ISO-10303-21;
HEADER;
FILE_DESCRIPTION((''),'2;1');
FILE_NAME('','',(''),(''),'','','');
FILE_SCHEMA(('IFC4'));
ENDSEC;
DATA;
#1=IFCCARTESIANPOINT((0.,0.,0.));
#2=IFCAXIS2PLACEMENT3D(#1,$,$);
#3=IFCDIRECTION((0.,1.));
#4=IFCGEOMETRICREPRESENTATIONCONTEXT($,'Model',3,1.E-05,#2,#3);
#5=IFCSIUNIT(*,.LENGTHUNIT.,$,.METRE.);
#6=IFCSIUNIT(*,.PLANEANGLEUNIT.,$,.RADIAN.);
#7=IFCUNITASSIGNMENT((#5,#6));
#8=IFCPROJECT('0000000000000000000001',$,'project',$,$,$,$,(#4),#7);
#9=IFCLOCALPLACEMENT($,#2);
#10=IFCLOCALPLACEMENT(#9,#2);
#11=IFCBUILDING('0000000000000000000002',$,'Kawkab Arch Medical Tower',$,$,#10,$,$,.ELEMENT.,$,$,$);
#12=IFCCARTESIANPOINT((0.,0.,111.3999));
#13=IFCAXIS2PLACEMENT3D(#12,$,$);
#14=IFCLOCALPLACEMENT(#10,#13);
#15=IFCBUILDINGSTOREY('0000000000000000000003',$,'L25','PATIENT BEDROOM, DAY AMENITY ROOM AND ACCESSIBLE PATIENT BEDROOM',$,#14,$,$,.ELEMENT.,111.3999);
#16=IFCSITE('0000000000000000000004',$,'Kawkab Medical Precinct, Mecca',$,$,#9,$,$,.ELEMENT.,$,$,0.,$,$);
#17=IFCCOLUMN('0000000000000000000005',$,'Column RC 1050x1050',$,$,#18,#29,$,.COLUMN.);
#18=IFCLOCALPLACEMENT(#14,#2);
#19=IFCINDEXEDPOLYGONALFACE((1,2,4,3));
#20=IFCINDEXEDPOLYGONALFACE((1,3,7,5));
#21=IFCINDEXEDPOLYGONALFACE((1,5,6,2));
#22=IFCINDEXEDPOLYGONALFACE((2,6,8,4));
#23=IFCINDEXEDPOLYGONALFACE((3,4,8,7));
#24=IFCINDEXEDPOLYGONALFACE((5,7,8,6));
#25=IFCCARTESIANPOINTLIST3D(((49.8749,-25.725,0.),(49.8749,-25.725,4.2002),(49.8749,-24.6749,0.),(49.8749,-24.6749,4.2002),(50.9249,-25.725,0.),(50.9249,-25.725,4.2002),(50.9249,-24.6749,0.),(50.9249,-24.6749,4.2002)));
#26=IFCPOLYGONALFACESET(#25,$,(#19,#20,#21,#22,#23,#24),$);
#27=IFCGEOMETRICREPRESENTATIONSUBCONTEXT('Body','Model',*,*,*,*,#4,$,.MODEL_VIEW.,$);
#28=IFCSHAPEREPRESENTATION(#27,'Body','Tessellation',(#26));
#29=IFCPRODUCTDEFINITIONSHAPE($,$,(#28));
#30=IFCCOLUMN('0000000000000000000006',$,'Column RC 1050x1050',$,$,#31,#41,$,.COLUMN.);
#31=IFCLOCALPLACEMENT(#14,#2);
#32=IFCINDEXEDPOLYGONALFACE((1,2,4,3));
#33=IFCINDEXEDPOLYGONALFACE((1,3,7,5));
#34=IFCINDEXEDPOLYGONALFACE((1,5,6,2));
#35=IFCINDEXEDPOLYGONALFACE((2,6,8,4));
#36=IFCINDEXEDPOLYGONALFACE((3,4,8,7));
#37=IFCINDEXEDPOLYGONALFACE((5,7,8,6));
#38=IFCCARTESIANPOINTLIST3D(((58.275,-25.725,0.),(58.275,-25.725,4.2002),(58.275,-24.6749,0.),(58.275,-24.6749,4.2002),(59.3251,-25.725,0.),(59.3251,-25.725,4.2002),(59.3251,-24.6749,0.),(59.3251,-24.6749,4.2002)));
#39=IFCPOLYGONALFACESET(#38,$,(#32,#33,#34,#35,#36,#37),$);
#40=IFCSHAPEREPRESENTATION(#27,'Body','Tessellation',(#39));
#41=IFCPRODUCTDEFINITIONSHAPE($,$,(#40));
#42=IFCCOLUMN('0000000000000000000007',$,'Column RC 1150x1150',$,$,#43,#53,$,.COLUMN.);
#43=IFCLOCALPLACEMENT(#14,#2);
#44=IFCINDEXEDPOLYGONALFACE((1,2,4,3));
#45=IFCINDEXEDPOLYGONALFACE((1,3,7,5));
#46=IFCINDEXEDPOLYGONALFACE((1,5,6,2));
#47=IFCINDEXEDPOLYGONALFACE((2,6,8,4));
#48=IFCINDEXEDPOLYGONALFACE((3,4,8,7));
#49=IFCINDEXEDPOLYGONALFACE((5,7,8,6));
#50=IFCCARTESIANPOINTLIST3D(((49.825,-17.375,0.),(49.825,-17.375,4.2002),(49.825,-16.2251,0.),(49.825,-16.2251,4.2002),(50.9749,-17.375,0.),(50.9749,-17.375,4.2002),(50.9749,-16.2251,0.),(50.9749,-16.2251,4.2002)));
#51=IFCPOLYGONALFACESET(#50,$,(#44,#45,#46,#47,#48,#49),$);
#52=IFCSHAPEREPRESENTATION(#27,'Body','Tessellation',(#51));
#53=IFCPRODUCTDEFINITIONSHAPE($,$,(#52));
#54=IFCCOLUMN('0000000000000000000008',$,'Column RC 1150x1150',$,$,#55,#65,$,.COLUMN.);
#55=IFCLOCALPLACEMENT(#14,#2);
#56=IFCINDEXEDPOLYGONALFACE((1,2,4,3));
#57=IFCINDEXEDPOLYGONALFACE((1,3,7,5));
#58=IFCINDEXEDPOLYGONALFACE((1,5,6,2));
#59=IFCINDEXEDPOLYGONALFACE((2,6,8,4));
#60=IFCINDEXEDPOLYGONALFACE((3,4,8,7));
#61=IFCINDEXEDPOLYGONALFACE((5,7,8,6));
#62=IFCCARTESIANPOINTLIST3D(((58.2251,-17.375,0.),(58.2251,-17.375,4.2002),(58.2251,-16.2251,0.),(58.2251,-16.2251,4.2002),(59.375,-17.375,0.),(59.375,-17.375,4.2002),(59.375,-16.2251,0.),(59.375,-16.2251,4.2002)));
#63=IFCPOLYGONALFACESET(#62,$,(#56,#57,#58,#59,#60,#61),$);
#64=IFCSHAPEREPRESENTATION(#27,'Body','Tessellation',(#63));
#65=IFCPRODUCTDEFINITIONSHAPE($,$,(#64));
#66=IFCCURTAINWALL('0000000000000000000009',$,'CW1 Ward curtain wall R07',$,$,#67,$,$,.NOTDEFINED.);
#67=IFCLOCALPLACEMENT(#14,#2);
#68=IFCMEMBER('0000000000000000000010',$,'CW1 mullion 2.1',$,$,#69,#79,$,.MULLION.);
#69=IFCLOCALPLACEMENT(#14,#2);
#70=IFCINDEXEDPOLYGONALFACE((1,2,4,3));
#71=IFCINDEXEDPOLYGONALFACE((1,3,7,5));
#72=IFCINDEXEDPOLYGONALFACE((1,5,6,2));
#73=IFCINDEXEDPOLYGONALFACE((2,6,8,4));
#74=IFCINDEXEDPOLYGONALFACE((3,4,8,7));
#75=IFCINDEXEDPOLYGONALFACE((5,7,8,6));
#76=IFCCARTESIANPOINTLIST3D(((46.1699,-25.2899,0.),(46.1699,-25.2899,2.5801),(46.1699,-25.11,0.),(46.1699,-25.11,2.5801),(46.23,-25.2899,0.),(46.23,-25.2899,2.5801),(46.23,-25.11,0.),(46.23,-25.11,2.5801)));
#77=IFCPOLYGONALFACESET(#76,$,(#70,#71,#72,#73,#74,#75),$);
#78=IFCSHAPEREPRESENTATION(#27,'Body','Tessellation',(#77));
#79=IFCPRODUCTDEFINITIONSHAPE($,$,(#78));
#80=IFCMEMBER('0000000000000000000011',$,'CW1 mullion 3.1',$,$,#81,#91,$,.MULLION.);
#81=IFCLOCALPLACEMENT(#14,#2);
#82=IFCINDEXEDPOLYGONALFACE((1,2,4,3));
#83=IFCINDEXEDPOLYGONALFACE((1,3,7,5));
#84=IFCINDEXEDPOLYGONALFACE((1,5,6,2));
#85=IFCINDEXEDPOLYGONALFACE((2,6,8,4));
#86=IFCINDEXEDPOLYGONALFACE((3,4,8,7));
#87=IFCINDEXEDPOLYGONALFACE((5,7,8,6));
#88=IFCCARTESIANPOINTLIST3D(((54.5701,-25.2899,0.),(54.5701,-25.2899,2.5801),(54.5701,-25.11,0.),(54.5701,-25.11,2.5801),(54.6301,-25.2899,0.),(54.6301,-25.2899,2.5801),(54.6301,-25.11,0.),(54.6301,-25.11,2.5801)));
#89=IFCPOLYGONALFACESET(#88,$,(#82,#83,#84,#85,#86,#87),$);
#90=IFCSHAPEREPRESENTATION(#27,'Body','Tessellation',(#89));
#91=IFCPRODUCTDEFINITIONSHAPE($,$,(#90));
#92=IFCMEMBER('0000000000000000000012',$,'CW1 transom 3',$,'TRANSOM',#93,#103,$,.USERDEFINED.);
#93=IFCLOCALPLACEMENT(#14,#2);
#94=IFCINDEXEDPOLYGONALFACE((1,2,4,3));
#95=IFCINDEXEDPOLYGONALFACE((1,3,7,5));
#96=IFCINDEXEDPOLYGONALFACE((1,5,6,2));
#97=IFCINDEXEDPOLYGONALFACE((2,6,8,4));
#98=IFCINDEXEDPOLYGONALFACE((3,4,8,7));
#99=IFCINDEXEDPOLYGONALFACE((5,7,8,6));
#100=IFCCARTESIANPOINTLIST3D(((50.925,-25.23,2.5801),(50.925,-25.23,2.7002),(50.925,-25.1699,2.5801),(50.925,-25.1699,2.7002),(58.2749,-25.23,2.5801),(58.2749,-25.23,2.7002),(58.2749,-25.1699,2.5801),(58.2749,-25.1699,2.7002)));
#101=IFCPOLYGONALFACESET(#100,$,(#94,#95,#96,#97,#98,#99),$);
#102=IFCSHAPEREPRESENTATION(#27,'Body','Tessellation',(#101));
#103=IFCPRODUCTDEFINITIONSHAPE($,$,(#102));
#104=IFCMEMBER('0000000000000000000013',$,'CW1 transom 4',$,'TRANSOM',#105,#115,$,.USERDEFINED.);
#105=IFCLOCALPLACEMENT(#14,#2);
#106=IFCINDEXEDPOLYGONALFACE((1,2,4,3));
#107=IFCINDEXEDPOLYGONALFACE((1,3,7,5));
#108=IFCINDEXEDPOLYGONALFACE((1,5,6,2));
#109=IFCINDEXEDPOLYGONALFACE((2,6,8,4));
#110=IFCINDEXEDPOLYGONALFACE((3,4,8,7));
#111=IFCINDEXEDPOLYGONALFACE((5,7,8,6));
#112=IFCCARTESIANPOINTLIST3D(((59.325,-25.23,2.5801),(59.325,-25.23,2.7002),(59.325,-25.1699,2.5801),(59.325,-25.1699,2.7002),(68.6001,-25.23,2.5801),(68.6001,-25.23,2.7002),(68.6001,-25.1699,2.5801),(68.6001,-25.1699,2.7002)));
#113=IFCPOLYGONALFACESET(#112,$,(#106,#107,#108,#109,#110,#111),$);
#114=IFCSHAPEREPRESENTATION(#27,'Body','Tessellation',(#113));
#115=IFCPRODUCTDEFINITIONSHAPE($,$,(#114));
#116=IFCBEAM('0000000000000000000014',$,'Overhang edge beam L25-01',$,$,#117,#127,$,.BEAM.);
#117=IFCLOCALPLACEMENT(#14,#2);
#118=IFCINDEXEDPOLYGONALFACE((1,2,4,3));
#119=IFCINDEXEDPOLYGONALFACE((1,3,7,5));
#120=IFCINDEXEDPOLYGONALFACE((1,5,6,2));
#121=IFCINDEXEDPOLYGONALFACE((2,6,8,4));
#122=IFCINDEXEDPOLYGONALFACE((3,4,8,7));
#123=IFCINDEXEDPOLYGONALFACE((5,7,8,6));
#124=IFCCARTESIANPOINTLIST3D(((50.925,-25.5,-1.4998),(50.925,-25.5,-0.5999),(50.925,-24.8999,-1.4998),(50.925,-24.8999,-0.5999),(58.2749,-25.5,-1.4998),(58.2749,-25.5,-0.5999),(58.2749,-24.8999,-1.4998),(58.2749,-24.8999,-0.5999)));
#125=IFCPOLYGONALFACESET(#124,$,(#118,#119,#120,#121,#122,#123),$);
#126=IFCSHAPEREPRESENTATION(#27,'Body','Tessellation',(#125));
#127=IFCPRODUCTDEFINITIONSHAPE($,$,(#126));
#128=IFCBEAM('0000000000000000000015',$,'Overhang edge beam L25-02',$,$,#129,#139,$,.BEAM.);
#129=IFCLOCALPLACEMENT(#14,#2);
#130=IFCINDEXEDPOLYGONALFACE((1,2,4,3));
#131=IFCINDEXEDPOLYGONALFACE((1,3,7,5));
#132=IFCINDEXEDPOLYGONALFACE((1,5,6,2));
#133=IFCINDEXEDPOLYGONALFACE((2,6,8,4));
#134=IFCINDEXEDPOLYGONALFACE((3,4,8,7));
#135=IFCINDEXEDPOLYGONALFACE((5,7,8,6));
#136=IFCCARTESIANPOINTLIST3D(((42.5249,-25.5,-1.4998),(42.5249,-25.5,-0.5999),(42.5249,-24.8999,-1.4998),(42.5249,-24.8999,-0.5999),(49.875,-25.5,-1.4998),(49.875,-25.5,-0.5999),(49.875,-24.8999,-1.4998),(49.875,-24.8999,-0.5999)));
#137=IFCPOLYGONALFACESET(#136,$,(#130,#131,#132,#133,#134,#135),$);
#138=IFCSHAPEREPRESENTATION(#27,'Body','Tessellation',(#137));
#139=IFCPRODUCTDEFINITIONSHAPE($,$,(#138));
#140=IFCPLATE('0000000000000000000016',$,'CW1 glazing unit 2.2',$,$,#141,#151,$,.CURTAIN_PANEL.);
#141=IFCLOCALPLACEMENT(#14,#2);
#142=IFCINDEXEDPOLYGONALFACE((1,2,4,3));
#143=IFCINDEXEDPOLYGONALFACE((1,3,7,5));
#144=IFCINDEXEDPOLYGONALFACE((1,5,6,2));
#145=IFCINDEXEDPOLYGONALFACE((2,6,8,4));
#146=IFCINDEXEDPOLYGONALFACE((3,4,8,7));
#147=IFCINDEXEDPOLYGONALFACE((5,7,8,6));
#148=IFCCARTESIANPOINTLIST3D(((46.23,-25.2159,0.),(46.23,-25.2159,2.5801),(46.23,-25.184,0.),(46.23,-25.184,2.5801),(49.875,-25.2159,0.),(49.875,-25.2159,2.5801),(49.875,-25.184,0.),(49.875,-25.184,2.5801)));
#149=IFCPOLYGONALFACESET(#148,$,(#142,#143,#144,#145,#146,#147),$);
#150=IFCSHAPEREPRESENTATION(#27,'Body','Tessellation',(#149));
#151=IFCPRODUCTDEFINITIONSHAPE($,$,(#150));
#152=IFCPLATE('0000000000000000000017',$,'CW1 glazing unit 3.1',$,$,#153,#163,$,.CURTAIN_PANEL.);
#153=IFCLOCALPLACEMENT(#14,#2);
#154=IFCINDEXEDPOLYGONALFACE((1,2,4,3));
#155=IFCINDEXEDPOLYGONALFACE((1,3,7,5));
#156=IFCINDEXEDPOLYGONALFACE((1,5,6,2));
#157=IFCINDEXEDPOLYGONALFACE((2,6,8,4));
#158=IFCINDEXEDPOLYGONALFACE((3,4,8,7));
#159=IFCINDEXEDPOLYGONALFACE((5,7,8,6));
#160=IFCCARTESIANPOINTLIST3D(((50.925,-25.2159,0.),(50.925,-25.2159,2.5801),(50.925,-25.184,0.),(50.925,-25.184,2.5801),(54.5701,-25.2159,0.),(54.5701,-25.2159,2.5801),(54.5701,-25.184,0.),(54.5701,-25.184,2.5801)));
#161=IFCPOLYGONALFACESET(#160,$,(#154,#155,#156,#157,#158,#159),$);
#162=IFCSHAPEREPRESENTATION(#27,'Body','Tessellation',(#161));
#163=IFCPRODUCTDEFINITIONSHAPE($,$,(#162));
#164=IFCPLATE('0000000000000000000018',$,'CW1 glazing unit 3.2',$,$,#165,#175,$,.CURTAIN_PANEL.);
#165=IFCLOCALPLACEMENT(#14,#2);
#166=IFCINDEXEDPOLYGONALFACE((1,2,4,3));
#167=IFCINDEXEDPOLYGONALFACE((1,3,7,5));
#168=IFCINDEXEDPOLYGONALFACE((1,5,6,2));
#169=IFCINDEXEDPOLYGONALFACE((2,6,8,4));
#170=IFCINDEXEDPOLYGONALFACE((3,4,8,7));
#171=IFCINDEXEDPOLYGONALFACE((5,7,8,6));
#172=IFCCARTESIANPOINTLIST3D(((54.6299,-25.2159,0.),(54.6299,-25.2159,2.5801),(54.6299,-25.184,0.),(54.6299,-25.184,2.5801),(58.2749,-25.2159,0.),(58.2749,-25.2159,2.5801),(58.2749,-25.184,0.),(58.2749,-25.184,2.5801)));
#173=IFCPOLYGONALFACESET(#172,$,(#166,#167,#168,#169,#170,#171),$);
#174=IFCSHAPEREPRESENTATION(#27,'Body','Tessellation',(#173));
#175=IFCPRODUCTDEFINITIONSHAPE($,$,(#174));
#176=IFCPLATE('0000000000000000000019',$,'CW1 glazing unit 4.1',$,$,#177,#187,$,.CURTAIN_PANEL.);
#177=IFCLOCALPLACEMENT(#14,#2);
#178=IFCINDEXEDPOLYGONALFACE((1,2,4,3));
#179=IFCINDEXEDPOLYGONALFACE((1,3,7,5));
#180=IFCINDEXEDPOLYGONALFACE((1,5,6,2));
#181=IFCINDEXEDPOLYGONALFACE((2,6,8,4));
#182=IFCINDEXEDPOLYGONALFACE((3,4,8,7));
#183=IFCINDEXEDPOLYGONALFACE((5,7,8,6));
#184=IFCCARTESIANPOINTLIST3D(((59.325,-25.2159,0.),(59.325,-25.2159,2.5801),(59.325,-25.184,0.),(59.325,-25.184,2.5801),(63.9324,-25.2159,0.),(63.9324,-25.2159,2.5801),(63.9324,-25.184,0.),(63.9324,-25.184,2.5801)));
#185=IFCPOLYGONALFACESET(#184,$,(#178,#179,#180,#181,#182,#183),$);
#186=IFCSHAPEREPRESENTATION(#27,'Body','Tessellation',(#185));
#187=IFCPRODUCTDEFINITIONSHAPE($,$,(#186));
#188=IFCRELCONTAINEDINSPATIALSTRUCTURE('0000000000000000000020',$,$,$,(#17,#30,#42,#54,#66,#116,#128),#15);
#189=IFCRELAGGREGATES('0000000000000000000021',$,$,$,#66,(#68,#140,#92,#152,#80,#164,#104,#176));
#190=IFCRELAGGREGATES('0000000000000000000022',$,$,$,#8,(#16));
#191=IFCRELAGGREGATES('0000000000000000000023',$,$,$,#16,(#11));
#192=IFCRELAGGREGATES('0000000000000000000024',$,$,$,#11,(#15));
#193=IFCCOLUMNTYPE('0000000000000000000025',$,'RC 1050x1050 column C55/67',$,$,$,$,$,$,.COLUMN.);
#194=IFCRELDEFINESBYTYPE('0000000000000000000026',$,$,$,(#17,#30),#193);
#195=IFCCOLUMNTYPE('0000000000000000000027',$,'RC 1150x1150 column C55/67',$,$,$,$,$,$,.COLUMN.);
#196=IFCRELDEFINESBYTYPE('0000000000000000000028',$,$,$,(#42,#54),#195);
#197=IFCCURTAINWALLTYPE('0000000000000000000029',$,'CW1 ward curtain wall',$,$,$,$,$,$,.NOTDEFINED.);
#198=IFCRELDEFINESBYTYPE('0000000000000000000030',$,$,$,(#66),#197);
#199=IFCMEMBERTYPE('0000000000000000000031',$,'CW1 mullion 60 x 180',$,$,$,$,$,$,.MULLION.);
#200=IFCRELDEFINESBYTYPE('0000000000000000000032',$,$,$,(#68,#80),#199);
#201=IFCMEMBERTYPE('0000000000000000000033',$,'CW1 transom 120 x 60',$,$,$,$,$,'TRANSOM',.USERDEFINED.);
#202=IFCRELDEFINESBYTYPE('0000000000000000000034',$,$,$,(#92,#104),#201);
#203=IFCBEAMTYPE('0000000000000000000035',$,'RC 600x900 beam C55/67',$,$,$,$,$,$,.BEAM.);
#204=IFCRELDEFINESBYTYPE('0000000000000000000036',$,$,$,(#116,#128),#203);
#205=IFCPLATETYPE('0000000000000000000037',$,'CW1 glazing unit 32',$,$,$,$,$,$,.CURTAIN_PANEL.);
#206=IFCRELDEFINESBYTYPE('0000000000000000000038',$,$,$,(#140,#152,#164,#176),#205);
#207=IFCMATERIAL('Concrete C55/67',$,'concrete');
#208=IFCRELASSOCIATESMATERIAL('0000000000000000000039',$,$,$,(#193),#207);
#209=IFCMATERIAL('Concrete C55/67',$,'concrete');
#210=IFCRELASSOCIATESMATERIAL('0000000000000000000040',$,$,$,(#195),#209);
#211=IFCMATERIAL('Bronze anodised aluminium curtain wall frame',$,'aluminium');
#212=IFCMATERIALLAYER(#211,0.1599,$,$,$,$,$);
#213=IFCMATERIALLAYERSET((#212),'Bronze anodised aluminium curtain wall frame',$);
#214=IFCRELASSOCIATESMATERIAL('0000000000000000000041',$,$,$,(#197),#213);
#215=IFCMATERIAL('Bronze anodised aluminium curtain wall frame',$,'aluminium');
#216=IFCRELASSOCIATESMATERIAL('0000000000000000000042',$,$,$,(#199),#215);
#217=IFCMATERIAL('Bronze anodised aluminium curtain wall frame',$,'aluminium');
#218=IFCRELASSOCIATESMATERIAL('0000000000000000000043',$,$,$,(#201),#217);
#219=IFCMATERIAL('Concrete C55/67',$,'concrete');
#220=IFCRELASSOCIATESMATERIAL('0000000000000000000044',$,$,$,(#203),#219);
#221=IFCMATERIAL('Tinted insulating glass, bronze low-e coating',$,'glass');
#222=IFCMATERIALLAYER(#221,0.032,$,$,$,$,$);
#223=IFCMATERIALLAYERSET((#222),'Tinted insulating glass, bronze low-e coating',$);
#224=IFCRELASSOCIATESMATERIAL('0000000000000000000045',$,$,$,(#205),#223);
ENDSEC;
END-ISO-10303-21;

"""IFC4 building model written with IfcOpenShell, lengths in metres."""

from ifc_helpers import new_model, si_unit, direction, frame, origin, origin_2d, place, context, subcontext, project, spatial, rectangle, extrude, material, layer, layer_set, material_profile, profile_set, type_object, element, aggregate, save


model = new_model("IFC4")

# Units and contexts
model_context = context("Model", 3, precision=1e-05, world=origin(), true_north=direction((0.0, 1.0)))
body_context = subcontext(model_context, "Body", "Model", "MODEL_VIEW")
ifc_project = project(units=[si_unit("LENGTHUNIT", "METRE"), si_unit("PLANEANGLEUNIT", "RADIAN")], contexts=[model_context])

# Site, building, storey
site_placement = place(None, origin())
site = spatial("IfcSite", under=ifc_project, at=site_placement, Name="Kawkab Medical Precinct, Mecca", CompositionType="ELEMENT", RefElevation=0.0)
building_placement = place(site_placement, origin())
building = spatial("IfcBuilding", under=site, at=building_placement, Name="Kawkab Arch Medical Tower", CompositionType="ELEMENT")
storey_placement = place(building_placement, frame((0.0, 0.0, 111.3999)))
storey = spatial("IfcBuildingStorey", under=building, at=storey_placement, Name="L25", Description="PATIENT BEDROOM, DAY AMENITY ROOM AND ACCESSIBLE PATIENT BEDROOM", CompositionType="ELEMENT", Elevation=111.3999)

# Columns
ifc_material_1 = material(Name="Concrete C55/67", Category="concrete")
ifc_material_profile_1 = material_profile(ifc_material_1, rectangle(XDim=1.05, YDim=1.05, at=origin_2d()), Name="RC 1050x1050")
ifc_profile_set_1 = profile_set([ifc_material_profile_1], Name="Concrete C55/67")
column_type_1 = type_object("IfcColumnType", Name="RC 1050x1050 column C55/67", PredefinedType="COLUMN", material=ifc_profile_set_1)
for number, where, z_axis, x_axis, name in (
    (1, (50.3999, -25.2, 0.0), (0.0, 0.0, 1.0), (1.0, 0.0, 0.0), "Column RC 1050x1050"),
    (2, (58.8, -25.2, 0.0), (0.0, 0.0, 1.0), (1.0, 0.0, 0.0), "Column RC 1050x1050"),
):
    element("IfcColumn", number, at=place(storey_placement, frame(where, z_axis=z_axis, x_axis=x_axis)), inside=storey, type_object=column_type_1, Name=name, PredefinedType="COLUMN", context=body_context, shape_type="SweptSolid", body=[
        extrude(rectangle(XDim=1.05, YDim=1.05, at=origin_2d()), origin(), (0.0, 0.0, 1.0), 4.2002),
    ])
ifc_material_2 = material(Name="Concrete C55/67", Category="concrete")
ifc_material_profile_2 = material_profile(ifc_material_2, rectangle(XDim=1.1499, YDim=1.1499, at=origin_2d()), Name="RC 1150x1150")
ifc_profile_set_2 = profile_set([ifc_material_profile_2], Name="Concrete C55/67")
column_type_2 = type_object("IfcColumnType", Name="RC 1150x1150 column C55/67", PredefinedType="COLUMN", material=ifc_profile_set_2)
for number, where, z_axis, x_axis, name in (
    (3, (50.3999, -16.8, 0.0), (0.0, 0.0, 1.0), (1.0, 0.0, 0.0), "Column RC 1150x1150"),
    (4, (58.8, -16.8, 0.0), (0.0, 0.0, 1.0), (1.0, 0.0, 0.0), "Column RC 1150x1150"),
):
    element("IfcColumn", number, at=place(storey_placement, frame(where, z_axis=z_axis, x_axis=x_axis)), inside=storey, type_object=column_type_2, Name=name, PredefinedType="COLUMN", context=body_context, shape_type="SweptSolid", body=[
        extrude(rectangle(XDim=1.1499, YDim=1.1499, at=origin_2d()), origin(), (0.0, 0.0, 1.0), 4.2002),
    ])

# Curtain wall, members
ifc_material_3 = material(Name="Bronze anodised aluminium curtain wall frame", Category="aluminium")
ifc_layer_1 = layer(ifc_material_3, 0.1599)
ifc_layer_set_1 = layer_set([ifc_layer_1], Name="Bronze anodised aluminium curtain wall frame")
curtain_wall_type = type_object("IfcCurtainWallType", Name="CW1 ward curtain wall", PredefinedType="NOTDEFINED", material=ifc_layer_set_1)
curtain_wall_placement = place(storey_placement, origin())
curtain_wall = element("IfcCurtainWall", 5, at=curtain_wall_placement, inside=storey, type_object=curtain_wall_type, Name="CW1 Ward curtain wall R07", PredefinedType="NOTDEFINED")
ifc_material_4 = material(Name="Bronze anodised aluminium curtain wall frame", Category="aluminium")
ifc_material_profile_3 = material_profile(ifc_material_4, rectangle(XDim=0.1799, YDim=0.0601, at=origin_2d()), Name="AL 60x180")
ifc_profile_set_3 = profile_set([ifc_material_profile_3], Name="Bronze anodised aluminium curtain wall frame")
member_type_1 = type_object("IfcMemberType", Name="CW1 mullion 60 x 180", PredefinedType="MULLION", material=ifc_profile_set_3)
member_1_placement = place(storey_placement, frame((46.2, -25.2, 0.0), z_axis=(0.0, 0.0, 1.0), x_axis=(0.0, 1.0, 0.0)))
member_1 = element("IfcMember", 6, at=member_1_placement, type_object=member_type_1, Name="CW1 mullion 2.1", PredefinedType="MULLION", context=body_context, shape_type="SweptSolid", body=[
    extrude(rectangle(XDim=0.1799, YDim=0.0601, at=origin_2d()), origin(), (0.0, 0.0, 1.0), 2.5801),
])
member_2_placement = place(storey_placement, frame((54.6001, -25.2, 0.0), z_axis=(0.0, 0.0, 1.0), x_axis=(0.0, 1.0, 0.0)))
member_2 = element("IfcMember", 7, at=member_2_placement, type_object=member_type_1, Name="CW1 mullion 3.1", PredefinedType="MULLION", context=body_context, shape_type="SweptSolid", body=[
    extrude(rectangle(XDim=0.1799, YDim=0.0601, at=origin_2d()), origin(), (0.0, 0.0, 1.0), 2.5801),
])
ifc_material_5 = material(Name="Bronze anodised aluminium curtain wall frame", Category="aluminium")
ifc_material_profile_4 = material_profile(ifc_material_5, rectangle(XDim=0.0601, YDim=0.1201, at=origin_2d()), Name="AL 60x120")
ifc_profile_set_4 = profile_set([ifc_material_profile_4], Name="Bronze anodised aluminium curtain wall frame")
member_type_2 = type_object("IfcMemberType", Name="CW1 transom 120 x 60", ElementType="TRANSOM", PredefinedType="USERDEFINED", material=ifc_profile_set_4)
member_3_placement = place(storey_placement, frame((50.925, -25.2, 2.6401), z_axis=(1.0, 0.0, 0.0), x_axis=(0.0, 1.0, 0.0)))
member_3 = element("IfcMember", 8, at=member_3_placement, type_object=member_type_2, Name="CW1 transom 3", ObjectType="TRANSOM", PredefinedType="USERDEFINED", context=body_context, shape_type="SweptSolid", body=[
    extrude(rectangle(XDim=0.0601, YDim=0.1201, at=origin_2d()), origin(), (0.0, 0.0, 1.0), 7.3499),
])
member_4_placement = place(storey_placement, frame((59.325, -25.2, 2.6401), z_axis=(1.0, 0.0, 0.0), x_axis=(0.0, 1.0, 0.0)))
member_4 = element("IfcMember", 9, at=member_4_placement, type_object=member_type_2, Name="CW1 transom 4", ObjectType="TRANSOM", PredefinedType="USERDEFINED", context=body_context, shape_type="SweptSolid", body=[
    extrude(rectangle(XDim=0.0601, YDim=0.1201, at=origin_2d()), origin(), (0.0, 0.0, 1.0), 9.2751),
])

# Beams
ifc_material_6 = material(Name="Concrete C55/67", Category="concrete")
ifc_material_profile_5 = material_profile(ifc_material_6, rectangle(XDim=0.6001, YDim=0.8999, at=origin_2d()), Name="RC 600x900")
ifc_profile_set_5 = profile_set([ifc_material_profile_5], Name="Concrete C55/67")
beam_type = type_object("IfcBeamType", Name="RC 600x900 beam C55/67", PredefinedType="BEAM", material=ifc_profile_set_5)
beam_1_placement = place(storey_placement, frame((58.2749, -25.2, -1.0498), z_axis=(-1.0, 0.0, 0.0), x_axis=(0.0, -1.0, 0.0)))
element("IfcBeam", 10, at=beam_1_placement, inside=storey, type_object=beam_type, Name="Overhang edge beam L25-01", PredefinedType="BEAM", context=body_context, shape_type="SweptSolid", body=[
    extrude(rectangle(XDim=0.6001, YDim=0.8999, at=origin_2d()), origin(), (0.0, 0.0, 1.0), 7.3499),
])
beam_2_placement = place(storey_placement, frame((49.875, -25.2, -1.0498), z_axis=(-1.0, 0.0, 0.0), x_axis=(0.0, -1.0, 0.0)))
element("IfcBeam", 11, at=beam_2_placement, inside=storey, type_object=beam_type, Name="Overhang edge beam L25-02", PredefinedType="BEAM", context=body_context, shape_type="SweptSolid", body=[
    extrude(rectangle(XDim=0.6001, YDim=0.8999, at=origin_2d()), origin(), (0.0, 0.0, 1.0), 7.3501),
])

# Plates
ifc_material_7 = material(Name="Tinted insulating glass, bronze low-e coating", Category="glass")
ifc_layer_2 = layer(ifc_material_7, 0.032)
ifc_layer_set_2 = layer_set([ifc_layer_2], Name="Tinted insulating glass, bronze low-e coating")
plate_type = type_object("IfcPlateType", Name="CW1 glazing unit 32", PredefinedType="CURTAIN_PANEL", material=ifc_layer_set_2)
plate_1_placement = place(storey_placement, frame((48.0525, -25.2, 0.0), z_axis=(0.0, 0.0, 1.0), x_axis=(1.0, 0.0, 0.0)))
plate_1 = element("IfcPlate", 12, at=plate_1_placement, type_object=plate_type, Name="CW1 glazing unit 2.2", PredefinedType="CURTAIN_PANEL", context=body_context, shape_type="SweptSolid", body=[
    extrude(rectangle(XDim=3.645, YDim=0.032, at=origin_2d()), origin(), (0.0, 0.0, 1.0), 2.5801),
])
plate_2_placement = place(storey_placement, frame((52.7476, -25.2, 0.0), z_axis=(0.0, 0.0, 1.0), x_axis=(1.0, 0.0, 0.0)))
plate_2 = element("IfcPlate", 13, at=plate_2_placement, type_object=plate_type, Name="CW1 glazing unit 3.1", PredefinedType="CURTAIN_PANEL", context=body_context, shape_type="SweptSolid", body=[
    extrude(rectangle(XDim=3.645, YDim=0.032, at=origin_2d()), origin(), (0.0, 0.0, 1.0), 2.5801),
])
plate_3_placement = place(storey_placement, frame((56.4524, -25.2, 0.0), z_axis=(0.0, 0.0, 1.0), x_axis=(1.0, 0.0, 0.0)))
plate_3 = element("IfcPlate", 14, at=plate_3_placement, type_object=plate_type, Name="CW1 glazing unit 3.2", PredefinedType="CURTAIN_PANEL", context=body_context, shape_type="SweptSolid", body=[
    extrude(rectangle(XDim=3.645, YDim=0.032, at=origin_2d()), origin(), (0.0, 0.0, 1.0), 2.5801),
])
plate_4_placement = place(storey_placement, frame((61.6287, -25.2, 0.0), z_axis=(0.0, 0.0, 1.0), x_axis=(1.0, 0.0, 0.0)))
plate_4 = element("IfcPlate", 15, at=plate_4_placement, type_object=plate_type, Name="CW1 glazing unit 4.1", PredefinedType="CURTAIN_PANEL", context=body_context, shape_type="SweptSolid", body=[
    extrude(rectangle(XDim=4.6074, YDim=0.032, at=origin_2d()), origin(), (0.0, 0.0, 1.0), 2.5801),
])
aggregate(curtain_wall, [member_1, plate_1, member_3, plate_2, member_2, plate_3, member_4, plate_4])

save(model, "model.ifc")
